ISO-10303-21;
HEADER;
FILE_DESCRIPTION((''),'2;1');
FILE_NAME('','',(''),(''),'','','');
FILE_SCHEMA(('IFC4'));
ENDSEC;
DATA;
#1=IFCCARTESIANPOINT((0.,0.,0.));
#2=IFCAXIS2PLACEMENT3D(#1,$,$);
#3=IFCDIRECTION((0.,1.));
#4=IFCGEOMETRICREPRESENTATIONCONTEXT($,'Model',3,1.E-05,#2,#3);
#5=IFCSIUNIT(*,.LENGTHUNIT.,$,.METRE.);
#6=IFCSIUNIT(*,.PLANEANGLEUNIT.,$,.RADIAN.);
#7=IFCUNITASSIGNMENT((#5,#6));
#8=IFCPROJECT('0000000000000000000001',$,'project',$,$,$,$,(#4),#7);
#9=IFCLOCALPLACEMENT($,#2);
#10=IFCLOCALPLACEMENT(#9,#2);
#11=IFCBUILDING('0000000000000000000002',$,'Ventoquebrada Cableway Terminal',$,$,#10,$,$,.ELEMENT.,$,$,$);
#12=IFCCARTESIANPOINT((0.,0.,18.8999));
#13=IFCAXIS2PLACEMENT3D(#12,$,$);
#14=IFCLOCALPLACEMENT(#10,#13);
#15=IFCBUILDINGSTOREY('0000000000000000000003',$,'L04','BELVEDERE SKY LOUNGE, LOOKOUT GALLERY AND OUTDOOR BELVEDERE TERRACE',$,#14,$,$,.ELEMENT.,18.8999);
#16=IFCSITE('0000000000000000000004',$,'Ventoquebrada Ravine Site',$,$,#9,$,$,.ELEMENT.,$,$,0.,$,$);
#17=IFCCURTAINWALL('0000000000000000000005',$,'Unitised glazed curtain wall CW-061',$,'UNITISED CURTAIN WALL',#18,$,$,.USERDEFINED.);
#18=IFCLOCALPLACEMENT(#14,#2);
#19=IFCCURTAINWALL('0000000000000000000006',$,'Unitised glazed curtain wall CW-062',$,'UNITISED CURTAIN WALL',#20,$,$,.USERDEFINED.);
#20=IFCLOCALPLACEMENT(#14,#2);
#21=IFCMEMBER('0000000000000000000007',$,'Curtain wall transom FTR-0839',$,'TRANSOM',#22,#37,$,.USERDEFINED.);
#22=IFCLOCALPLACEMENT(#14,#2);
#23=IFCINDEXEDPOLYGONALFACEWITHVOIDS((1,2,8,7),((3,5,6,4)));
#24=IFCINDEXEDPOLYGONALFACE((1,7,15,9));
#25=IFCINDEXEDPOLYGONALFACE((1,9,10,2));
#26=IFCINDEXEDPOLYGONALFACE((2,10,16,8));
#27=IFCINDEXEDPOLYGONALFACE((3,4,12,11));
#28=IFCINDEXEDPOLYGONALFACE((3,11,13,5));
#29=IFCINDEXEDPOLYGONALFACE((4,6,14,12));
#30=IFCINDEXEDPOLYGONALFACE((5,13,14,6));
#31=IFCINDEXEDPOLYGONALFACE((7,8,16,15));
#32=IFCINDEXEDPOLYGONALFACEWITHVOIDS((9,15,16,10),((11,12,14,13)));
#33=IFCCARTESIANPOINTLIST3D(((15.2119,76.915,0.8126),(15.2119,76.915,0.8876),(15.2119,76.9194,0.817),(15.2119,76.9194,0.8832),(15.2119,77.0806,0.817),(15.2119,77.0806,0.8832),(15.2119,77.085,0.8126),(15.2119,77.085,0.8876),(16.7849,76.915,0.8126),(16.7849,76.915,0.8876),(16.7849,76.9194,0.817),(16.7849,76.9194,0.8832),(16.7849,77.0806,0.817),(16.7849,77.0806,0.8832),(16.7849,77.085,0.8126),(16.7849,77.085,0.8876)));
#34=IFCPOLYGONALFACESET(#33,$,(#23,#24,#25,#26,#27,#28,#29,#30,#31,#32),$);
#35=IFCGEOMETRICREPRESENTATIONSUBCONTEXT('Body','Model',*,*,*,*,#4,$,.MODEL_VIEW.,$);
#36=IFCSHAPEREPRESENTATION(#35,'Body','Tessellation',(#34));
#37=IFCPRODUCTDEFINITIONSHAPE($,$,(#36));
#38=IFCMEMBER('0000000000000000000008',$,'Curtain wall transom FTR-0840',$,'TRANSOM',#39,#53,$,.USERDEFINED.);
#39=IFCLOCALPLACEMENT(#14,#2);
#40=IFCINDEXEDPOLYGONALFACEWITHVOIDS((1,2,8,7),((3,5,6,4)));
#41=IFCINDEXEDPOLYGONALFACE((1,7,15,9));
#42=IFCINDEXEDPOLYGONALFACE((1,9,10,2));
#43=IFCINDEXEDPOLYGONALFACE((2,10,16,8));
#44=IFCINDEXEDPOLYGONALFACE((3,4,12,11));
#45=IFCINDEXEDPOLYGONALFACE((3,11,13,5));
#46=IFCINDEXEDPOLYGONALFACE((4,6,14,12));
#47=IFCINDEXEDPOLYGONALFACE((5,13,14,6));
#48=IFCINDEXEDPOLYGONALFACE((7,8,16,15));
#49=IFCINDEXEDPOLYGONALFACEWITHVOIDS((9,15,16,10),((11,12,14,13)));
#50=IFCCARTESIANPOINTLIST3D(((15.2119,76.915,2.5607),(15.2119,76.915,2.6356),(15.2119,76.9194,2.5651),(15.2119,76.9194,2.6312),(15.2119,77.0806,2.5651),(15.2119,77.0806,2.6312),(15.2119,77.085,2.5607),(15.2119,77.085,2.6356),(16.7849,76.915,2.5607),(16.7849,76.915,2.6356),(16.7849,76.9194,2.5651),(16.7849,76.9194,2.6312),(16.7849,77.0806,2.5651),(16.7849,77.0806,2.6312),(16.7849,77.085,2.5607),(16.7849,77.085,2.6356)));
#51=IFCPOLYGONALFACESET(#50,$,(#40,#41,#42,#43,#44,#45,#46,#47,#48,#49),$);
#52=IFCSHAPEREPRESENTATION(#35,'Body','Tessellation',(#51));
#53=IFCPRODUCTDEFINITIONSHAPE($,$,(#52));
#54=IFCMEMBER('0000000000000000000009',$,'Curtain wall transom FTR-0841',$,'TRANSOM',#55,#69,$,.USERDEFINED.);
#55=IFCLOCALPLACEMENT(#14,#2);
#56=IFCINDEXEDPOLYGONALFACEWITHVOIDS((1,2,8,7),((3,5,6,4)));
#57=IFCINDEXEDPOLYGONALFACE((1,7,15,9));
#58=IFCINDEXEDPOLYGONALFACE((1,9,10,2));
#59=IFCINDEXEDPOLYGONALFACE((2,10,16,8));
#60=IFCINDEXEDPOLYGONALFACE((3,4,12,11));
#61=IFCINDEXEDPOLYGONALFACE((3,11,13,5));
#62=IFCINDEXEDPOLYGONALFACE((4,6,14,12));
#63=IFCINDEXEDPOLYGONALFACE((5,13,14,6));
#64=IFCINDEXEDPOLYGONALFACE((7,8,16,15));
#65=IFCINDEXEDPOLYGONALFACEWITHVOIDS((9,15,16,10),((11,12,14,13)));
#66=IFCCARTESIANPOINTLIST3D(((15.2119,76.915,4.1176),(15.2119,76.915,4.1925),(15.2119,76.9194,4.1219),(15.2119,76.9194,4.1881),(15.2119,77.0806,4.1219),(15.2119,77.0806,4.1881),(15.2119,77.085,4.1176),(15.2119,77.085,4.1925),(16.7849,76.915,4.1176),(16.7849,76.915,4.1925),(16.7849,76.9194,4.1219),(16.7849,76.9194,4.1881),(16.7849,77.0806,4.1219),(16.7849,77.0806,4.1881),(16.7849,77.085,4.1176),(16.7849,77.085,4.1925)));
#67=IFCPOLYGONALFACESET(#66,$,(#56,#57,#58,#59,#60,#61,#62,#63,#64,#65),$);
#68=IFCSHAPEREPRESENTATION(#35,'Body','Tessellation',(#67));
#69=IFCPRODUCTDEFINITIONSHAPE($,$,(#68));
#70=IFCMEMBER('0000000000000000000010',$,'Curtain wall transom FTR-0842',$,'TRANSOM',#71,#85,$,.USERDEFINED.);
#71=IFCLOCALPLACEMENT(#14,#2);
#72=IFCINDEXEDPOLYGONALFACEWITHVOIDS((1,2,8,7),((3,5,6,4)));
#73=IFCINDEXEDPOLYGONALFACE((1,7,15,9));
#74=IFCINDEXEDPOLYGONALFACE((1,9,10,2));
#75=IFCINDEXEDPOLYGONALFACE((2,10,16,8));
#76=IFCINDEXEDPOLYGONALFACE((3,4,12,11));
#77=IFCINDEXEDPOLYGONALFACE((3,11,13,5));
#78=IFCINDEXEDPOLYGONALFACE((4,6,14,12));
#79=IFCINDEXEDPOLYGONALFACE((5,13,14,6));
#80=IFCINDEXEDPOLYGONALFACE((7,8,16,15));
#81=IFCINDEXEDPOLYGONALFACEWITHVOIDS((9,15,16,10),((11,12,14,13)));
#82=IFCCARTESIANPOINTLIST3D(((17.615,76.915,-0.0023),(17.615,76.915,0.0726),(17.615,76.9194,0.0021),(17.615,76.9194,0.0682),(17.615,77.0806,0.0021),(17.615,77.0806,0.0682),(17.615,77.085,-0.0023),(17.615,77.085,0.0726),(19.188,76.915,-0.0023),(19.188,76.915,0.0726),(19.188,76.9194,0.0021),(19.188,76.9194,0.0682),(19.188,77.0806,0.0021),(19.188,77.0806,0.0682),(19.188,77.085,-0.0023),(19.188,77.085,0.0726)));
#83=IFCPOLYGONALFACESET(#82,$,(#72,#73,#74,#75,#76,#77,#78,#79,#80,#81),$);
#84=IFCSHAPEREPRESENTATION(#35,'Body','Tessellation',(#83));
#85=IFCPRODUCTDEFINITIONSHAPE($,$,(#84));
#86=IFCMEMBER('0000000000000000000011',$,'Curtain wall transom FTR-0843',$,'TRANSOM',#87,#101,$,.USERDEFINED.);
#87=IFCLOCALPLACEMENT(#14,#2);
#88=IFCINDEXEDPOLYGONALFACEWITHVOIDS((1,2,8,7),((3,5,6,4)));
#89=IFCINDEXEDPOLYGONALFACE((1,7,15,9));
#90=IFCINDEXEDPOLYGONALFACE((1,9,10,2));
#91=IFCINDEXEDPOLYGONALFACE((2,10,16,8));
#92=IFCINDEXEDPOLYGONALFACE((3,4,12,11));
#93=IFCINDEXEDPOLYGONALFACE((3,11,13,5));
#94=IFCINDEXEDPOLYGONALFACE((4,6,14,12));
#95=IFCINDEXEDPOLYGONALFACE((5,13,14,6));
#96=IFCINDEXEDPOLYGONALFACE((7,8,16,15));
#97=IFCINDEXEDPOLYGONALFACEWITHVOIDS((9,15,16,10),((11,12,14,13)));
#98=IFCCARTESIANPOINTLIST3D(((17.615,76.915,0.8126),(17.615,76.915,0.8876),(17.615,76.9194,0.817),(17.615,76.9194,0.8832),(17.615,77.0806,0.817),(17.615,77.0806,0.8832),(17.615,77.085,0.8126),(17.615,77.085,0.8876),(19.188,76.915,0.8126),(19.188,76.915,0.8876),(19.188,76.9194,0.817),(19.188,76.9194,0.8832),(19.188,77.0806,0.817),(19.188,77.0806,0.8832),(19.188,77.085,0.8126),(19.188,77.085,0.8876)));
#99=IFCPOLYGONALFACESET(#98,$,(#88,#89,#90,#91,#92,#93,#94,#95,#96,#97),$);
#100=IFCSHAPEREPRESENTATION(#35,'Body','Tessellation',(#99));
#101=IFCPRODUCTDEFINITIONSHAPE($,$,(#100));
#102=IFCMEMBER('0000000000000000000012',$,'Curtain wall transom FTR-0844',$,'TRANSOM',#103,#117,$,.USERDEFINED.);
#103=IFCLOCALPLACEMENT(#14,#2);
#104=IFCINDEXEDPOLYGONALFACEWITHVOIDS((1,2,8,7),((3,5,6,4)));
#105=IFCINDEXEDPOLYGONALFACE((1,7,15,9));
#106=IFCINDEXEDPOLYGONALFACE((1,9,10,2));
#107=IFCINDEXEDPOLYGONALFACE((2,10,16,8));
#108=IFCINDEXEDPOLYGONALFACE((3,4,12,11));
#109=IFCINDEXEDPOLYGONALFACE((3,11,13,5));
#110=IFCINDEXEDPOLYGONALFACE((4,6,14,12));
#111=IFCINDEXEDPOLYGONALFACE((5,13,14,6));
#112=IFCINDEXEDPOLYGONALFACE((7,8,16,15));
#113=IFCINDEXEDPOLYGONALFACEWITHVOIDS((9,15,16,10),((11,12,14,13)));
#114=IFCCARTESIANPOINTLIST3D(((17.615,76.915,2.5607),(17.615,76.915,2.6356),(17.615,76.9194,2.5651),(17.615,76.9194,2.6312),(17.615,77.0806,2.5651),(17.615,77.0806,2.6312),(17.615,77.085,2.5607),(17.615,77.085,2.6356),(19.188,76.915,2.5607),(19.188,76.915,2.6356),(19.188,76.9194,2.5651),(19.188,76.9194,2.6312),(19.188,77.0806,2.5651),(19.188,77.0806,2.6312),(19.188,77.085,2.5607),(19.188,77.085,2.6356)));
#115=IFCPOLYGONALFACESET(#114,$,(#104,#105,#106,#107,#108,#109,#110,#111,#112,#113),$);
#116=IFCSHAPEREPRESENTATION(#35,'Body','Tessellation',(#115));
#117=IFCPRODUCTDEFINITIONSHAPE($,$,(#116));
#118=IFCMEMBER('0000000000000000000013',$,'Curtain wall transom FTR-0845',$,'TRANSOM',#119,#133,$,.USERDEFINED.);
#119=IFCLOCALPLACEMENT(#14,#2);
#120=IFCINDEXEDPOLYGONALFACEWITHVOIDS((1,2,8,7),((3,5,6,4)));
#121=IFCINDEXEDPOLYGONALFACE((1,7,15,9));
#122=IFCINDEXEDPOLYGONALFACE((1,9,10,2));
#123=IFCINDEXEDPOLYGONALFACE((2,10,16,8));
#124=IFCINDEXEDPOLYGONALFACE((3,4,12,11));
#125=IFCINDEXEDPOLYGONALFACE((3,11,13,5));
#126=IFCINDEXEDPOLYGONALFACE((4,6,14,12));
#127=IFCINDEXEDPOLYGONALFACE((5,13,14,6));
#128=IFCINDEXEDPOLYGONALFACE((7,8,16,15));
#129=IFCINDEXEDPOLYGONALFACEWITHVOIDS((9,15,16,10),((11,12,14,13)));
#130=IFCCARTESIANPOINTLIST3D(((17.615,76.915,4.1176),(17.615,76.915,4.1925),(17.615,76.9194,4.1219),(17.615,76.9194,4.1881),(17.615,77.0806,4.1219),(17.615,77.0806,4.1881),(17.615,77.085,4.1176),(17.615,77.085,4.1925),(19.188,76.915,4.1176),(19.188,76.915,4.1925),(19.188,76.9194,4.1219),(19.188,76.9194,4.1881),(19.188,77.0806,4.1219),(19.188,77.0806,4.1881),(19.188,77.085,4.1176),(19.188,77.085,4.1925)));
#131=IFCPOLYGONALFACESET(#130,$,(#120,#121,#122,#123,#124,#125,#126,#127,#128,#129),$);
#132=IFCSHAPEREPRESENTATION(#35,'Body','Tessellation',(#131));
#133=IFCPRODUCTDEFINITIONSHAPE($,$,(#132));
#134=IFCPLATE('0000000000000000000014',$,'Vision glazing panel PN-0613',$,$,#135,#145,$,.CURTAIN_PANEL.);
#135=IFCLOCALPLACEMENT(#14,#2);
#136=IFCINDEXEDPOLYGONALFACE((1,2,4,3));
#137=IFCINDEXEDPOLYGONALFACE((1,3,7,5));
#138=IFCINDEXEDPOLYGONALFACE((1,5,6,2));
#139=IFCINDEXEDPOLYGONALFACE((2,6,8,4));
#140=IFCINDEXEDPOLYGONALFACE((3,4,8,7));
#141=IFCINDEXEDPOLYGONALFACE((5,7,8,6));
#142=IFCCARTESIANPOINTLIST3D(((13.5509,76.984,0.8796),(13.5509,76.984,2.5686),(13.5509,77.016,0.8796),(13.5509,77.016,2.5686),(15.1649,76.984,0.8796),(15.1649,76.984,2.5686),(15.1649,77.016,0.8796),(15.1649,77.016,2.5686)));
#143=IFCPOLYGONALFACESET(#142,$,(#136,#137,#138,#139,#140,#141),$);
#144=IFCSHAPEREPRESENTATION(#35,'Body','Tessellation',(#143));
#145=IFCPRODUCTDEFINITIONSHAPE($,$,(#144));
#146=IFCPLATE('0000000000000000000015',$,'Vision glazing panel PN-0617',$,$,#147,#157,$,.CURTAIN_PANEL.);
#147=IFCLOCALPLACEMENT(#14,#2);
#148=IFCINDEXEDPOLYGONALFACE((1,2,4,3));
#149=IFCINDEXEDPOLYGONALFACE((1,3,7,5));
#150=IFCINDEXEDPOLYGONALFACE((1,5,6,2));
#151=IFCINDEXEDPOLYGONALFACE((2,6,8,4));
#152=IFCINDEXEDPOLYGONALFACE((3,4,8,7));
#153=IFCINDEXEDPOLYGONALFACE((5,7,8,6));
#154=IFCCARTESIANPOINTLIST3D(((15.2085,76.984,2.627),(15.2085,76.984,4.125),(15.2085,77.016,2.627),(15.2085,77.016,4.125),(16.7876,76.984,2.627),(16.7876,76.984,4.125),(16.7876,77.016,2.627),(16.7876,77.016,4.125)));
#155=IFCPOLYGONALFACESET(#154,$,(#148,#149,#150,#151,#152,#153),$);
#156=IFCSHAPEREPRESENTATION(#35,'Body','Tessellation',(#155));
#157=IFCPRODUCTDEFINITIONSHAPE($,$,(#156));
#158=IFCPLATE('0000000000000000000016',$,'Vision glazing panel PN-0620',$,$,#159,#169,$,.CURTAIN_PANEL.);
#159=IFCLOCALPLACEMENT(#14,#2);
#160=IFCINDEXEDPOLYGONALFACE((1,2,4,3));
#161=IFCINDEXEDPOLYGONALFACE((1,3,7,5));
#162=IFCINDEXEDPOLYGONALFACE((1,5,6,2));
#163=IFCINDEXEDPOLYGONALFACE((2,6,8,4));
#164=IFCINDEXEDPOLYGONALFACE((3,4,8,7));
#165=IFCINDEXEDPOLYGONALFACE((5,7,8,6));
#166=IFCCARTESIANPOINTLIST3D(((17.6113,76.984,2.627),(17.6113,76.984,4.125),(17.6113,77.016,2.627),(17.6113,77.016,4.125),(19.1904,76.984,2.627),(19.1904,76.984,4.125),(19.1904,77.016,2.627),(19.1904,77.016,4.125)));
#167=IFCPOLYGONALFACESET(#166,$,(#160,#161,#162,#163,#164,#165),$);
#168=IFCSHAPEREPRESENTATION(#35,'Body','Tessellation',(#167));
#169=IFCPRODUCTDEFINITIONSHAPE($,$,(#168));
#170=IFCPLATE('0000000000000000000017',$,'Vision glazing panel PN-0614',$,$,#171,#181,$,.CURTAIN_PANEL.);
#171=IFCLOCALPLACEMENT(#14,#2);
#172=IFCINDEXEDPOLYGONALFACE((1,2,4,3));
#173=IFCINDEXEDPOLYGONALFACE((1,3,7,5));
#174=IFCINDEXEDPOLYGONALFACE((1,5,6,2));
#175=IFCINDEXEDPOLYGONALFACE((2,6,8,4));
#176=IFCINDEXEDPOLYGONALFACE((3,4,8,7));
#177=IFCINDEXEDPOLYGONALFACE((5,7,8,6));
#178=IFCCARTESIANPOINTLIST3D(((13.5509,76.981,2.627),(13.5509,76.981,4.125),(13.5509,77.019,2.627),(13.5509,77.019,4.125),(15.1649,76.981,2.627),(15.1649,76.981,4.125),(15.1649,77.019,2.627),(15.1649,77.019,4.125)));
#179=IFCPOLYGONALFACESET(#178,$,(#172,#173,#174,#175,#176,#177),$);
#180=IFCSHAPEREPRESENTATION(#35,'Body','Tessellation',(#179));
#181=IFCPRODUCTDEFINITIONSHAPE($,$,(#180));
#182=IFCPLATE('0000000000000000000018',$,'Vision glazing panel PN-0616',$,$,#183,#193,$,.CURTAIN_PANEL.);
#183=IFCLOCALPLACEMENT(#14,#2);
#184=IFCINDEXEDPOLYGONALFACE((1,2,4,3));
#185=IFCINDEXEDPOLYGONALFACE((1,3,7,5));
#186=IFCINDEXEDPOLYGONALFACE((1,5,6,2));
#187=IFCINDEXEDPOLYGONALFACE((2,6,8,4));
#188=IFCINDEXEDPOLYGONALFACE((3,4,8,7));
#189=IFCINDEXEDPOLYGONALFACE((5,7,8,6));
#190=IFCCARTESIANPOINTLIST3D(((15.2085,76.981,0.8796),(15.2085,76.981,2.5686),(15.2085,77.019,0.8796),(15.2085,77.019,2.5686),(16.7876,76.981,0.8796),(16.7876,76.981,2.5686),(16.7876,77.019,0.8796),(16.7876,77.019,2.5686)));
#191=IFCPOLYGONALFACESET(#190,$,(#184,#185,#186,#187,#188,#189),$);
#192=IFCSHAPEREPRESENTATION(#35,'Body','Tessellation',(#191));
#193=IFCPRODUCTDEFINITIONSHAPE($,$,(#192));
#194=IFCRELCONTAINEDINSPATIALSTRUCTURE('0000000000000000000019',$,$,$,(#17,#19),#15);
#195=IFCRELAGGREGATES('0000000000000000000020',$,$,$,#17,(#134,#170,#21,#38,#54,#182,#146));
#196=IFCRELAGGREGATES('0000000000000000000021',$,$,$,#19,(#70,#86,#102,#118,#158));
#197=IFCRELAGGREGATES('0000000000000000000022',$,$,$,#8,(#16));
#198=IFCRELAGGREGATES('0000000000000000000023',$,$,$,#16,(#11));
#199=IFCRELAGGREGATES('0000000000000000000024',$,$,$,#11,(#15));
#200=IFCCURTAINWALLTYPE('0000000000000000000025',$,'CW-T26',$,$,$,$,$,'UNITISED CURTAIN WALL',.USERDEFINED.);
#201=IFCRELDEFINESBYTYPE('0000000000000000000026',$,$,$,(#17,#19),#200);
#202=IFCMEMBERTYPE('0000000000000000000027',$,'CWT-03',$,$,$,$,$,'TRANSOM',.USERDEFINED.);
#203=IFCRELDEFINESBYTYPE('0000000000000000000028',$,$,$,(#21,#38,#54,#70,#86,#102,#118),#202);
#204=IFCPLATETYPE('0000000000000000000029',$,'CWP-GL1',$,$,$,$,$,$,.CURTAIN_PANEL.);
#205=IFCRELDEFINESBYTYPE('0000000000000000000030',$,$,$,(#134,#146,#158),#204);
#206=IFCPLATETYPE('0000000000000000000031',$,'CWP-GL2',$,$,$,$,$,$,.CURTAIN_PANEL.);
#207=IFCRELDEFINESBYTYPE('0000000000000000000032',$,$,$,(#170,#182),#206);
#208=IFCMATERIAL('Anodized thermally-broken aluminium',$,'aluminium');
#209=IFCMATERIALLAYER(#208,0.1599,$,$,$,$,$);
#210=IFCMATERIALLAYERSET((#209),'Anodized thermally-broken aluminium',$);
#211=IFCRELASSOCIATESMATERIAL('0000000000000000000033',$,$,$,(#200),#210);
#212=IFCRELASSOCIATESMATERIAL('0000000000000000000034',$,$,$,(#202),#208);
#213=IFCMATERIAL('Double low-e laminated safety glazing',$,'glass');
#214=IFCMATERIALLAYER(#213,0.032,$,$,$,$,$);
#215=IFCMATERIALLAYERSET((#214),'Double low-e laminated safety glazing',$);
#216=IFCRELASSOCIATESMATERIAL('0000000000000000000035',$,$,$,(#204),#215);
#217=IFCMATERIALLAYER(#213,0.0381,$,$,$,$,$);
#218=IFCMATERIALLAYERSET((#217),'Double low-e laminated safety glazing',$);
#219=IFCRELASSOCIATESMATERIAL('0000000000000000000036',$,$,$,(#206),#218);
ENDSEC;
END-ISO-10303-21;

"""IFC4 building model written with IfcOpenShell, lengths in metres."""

from ifc_helpers import new_model, si_unit, direction, frame, origin, origin_2d, place, context, subcontext, project, spatial, rectangle, hollow_rectangle, extrude, material, layer, layer_set, material_profile, profile_set, type_object, element, aggregate, save


model = new_model("IFC4")

# Units and contexts
model_context = context("Model", 3, precision=1e-05, world=origin(), true_north=direction((0.0, 1.0)))
body_context = subcontext(model_context, "Body", "Model", "MODEL_VIEW")
ifc_project = project(units=[si_unit("LENGTHUNIT", "METRE"), si_unit("PLANEANGLEUNIT", "RADIAN")], contexts=[model_context])

# Site, building, storey
site_placement = place(None, origin())
site = spatial("IfcSite", under=ifc_project, at=site_placement, Name="Ventoquebrada Ravine Site", CompositionType="ELEMENT", RefElevation=0.0)
building_placement = place(site_placement, origin())
building = spatial("IfcBuilding", under=site, at=building_placement, Name="Ventoquebrada Cableway Terminal", CompositionType="ELEMENT")
storey_placement = place(building_placement, frame((0.0, 0.0, 18.8999)))
storey = spatial("IfcBuildingStorey", under=building, at=storey_placement, Name="L04", Description="BELVEDERE SKY LOUNGE, LOOKOUT GALLERY AND OUTDOOR BELVEDERE TERRACE", CompositionType="ELEMENT", Elevation=18.8999)

# Curtain walls
ifc_material_1 = material(Name="Anodized thermally-broken aluminium", Category="aluminium")
ifc_layer_1 = layer(ifc_material_1, 0.1599)
ifc_layer_set_1 = layer_set([ifc_layer_1], Name="Anodized thermally-broken aluminium")
curtain_wall_type = type_object("IfcCurtainWallType", Name="CW-T26", ElementType="UNITISED CURTAIN WALL", PredefinedType="USERDEFINED", material=ifc_layer_set_1)
curtain_wall_1_placement = place(storey_placement, origin())
curtain_wall_1 = element("IfcCurtainWall", 1, at=curtain_wall_1_placement, inside=storey, type_object=curtain_wall_type, Name="Unitised glazed curtain wall CW-061", ObjectType="UNITISED CURTAIN WALL", PredefinedType="USERDEFINED")
curtain_wall_2_placement = place(storey_placement, origin())
curtain_wall_2 = element("IfcCurtainWall", 2, at=curtain_wall_2_placement, inside=storey, type_object=curtain_wall_type, Name="Unitised glazed curtain wall CW-062", ObjectType="UNITISED CURTAIN WALL", PredefinedType="USERDEFINED")

# Members
ifc_material_profile_1 = material_profile(ifc_material_1, hollow_rectangle(XDim=0.075, YDim=0.1699, WallThickness=0.0044, at=origin_2d()), Name="CW-TRN-75X170")
ifc_profile_set_1 = profile_set([ifc_material_profile_1], Name="Anodized thermally-broken aluminium")
member_type_1 = type_object("IfcMemberType", Name="CWT-03", ElementType="TRANSOM", PredefinedType="USERDEFINED", material=ifc_profile_set_1)
member_1_placement = place(storey_placement, frame((15.2119, 77.0, 0.8501), z_axis=(1.0, 0.0, 0.0), x_axis=(0.0, 0.0, 1.0)))
member_1 = element("IfcMember", 3, at=member_1_placement, type_object=member_type_1, Name="Curtain wall transom FTR-0839", ObjectType="TRANSOM", PredefinedType="USERDEFINED", context=body_context, shape_type="SweptSolid", body=[
    extrude(hollow_rectangle(XDim=0.075, YDim=0.1699, WallThickness=0.0044, at=origin_2d()), origin(), (0.0, 0.0, 1.0), 1.573),
])
member_2_placement = place(storey_placement, frame((15.2119, 77.0, 2.5981), z_axis=(1.0, 0.0, 0.0), x_axis=(0.0, 0.0, 1.0)))
member_2 = element("IfcMember", 4, at=member_2_placement, type_object=member_type_1, Name="Curtain wall transom FTR-0840", ObjectType="TRANSOM", PredefinedType="USERDEFINED", context=body_context, shape_type="SweptSolid", body=[
    extrude(hollow_rectangle(XDim=0.075, YDim=0.1699, WallThickness=0.0044, at=origin_2d()), origin(), (0.0, 0.0, 1.0), 1.573),
])
member_3_placement = place(storey_placement, frame((15.2119, 77.0, 4.155), z_axis=(1.0, 0.0, 0.0), x_axis=(0.0, 0.0, 1.0)))
member_3 = element("IfcMember", 5, at=member_3_placement, type_object=member_type_1, Name="Curtain wall transom FTR-0841", ObjectType="TRANSOM", PredefinedType="USERDEFINED", context=body_context, shape_type="SweptSolid", body=[
    extrude(hollow_rectangle(XDim=0.075, YDim=0.1699, WallThickness=0.0044, at=origin_2d()), origin(), (0.0, 0.0, 1.0), 1.573),
])
member_4_placement = place(storey_placement, frame((17.615, 77.0, 0.0352), z_axis=(1.0, 0.0, 0.0), x_axis=(0.0, 0.0, 1.0)))
member_4 = element("IfcMember", 6, at=member_4_placement, type_object=member_type_1, Name="Curtain wall transom FTR-0842", ObjectType="TRANSOM", PredefinedType="USERDEFINED", context=body_context, shape_type="SweptSolid", body=[
    extrude(hollow_rectangle(XDim=0.075, YDim=0.1699, WallThickness=0.0044, at=origin_2d()), origin(), (0.0, 0.0, 1.0), 1.573),
])
member_5_placement = place(storey_placement, frame((17.615, 77.0, 0.8501), z_axis=(1.0, 0.0, 0.0), x_axis=(0.0, 0.0, 1.0)))
member_5 = element("IfcMember", 7, at=member_5_placement, type_object=member_type_1, Name="Curtain wall transom FTR-0843", ObjectType="TRANSOM", PredefinedType="USERDEFINED", context=body_context, shape_type="SweptSolid", body=[
    extrude(hollow_rectangle(XDim=0.075, YDim=0.1699, WallThickness=0.0044, at=origin_2d()), origin(), (0.0, 0.0, 1.0), 1.573),
])
member_6_placement = place(storey_placement, frame((17.615, 77.0, 2.5981), z_axis=(1.0, 0.0, 0.0), x_axis=(0.0, 0.0, 1.0)))
member_6 = element("IfcMember", 8, at=member_6_placement, type_object=member_type_1, Name="Curtain wall transom FTR-0844", ObjectType="TRANSOM", PredefinedType="USERDEFINED", context=body_context, shape_type="SweptSolid", body=[
    extrude(hollow_rectangle(XDim=0.075, YDim=0.1699, WallThickness=0.0044, at=origin_2d()), origin(), (0.0, 0.0, 1.0), 1.573),
])
member_7_placement = place(storey_placement, frame((17.615, 77.0, 4.155), z_axis=(1.0, 0.0, 0.0), x_axis=(0.0, 0.0, 1.0)))
member_7 = element("IfcMember", 9, at=member_7_placement, type_object=member_type_1, Name="Curtain wall transom FTR-0845", ObjectType="TRANSOM", PredefinedType="USERDEFINED", context=body_context, shape_type="SweptSolid", body=[
    extrude(hollow_rectangle(XDim=0.075, YDim=0.1699, WallThickness=0.0044, at=origin_2d()), origin(), (0.0, 0.0, 1.0), 1.573),
])

# Plates
ifc_material_2 = material(Name="Double low-e laminated safety glazing", Category="glass")
ifc_layer_2 = layer(ifc_material_2, 0.032)
ifc_layer_set_2 = layer_set([ifc_layer_2], Name="Double low-e laminated safety glazing")
plate_type_1 = type_object("IfcPlateType", Name="CWP-GL1", PredefinedType="CURTAIN_PANEL", material=ifc_layer_set_2)
plate_1_placement = place(storey_placement, frame((14.3579, 77.0, 0.8796), z_axis=(0.0, 0.0, 1.0), x_axis=(1.0, 0.0, 0.0)))
plate_1 = element("IfcPlate", 10, at=plate_1_placement, type_object=plate_type_1, Name="Vision glazing panel PN-0613", PredefinedType="CURTAIN_PANEL", context=body_context, shape_type="SweptSolid", body=[
    extrude(rectangle(XDim=1.614, YDim=0.032, at=origin_2d()), origin(), (0.0, 0.0, 1.0), 1.689),
])
plate_2_placement = place(storey_placement, frame((15.998, 77.0, 2.627), z_axis=(0.0, 0.0, 1.0), x_axis=(1.0, 0.0, 0.0)))
plate_2 = element("IfcPlate", 11, at=plate_2_placement, type_object=plate_type_1, Name="Vision glazing panel PN-0617", PredefinedType="CURTAIN_PANEL", context=body_context, shape_type="SweptSolid", body=[
    extrude(rectangle(XDim=1.5791, YDim=0.032, at=origin_2d()), origin(), (0.0, 0.0, 1.0), 1.498),
])
plate_3_placement = place(storey_placement, frame((18.4009, 77.0, 2.627), z_axis=(0.0, 0.0, 1.0), x_axis=(1.0, 0.0, 0.0)))
plate_3 = element("IfcPlate", 12, at=plate_3_placement, type_object=plate_type_1, Name="Vision glazing panel PN-0620", PredefinedType="CURTAIN_PANEL", context=body_context, shape_type="SweptSolid", body=[
    extrude(rectangle(XDim=1.5791, YDim=0.032, at=origin_2d()), origin(), (0.0, 0.0, 1.0), 1.498),
])
ifc_layer_3 = layer(ifc_material_2, 0.0381)
ifc_layer_set_3 = layer_set([ifc_layer_3], Name="Double low-e laminated safety glazing")
plate_type_2 = type_object("IfcPlateType", Name="CWP-GL2", PredefinedType="CURTAIN_PANEL", material=ifc_layer_set_3)
plate_4_placement = place(storey_placement, frame((14.3579, 77.0, 2.627), z_axis=(0.0, 0.0, 1.0), x_axis=(1.0, 0.0, 0.0)))
plate_4 = element("IfcPlate", 13, at=plate_4_placement, type_object=plate_type_2, Name="Vision glazing panel PN-0614", PredefinedType="CURTAIN_PANEL", context=body_context, shape_type="SweptSolid", body=[
    extrude(rectangle(XDim=1.614, YDim=0.0381, at=origin_2d()), origin(), (0.0, 0.0, 1.0), 1.498),
])
plate_5_placement = place(storey_placement, frame((15.998, 77.0, 0.8796), z_axis=(0.0, 0.0, 1.0), x_axis=(1.0, 0.0, 0.0)))
plate_5 = element("IfcPlate", 14, at=plate_5_placement, type_object=plate_type_2, Name="Vision glazing panel PN-0616", PredefinedType="CURTAIN_PANEL", context=body_context, shape_type="SweptSolid", body=[
    extrude(rectangle(XDim=1.5791, YDim=0.0381, at=origin_2d()), origin(), (0.0, 0.0, 1.0), 1.689),
])
aggregate(curtain_wall_1, [plate_1, plate_4, member_1, member_2, member_3, plate_5, plate_2])
aggregate(curtain_wall_2, [member_4, member_5, member_6, member_7, plate_3])

save(model, "model.ifc")
